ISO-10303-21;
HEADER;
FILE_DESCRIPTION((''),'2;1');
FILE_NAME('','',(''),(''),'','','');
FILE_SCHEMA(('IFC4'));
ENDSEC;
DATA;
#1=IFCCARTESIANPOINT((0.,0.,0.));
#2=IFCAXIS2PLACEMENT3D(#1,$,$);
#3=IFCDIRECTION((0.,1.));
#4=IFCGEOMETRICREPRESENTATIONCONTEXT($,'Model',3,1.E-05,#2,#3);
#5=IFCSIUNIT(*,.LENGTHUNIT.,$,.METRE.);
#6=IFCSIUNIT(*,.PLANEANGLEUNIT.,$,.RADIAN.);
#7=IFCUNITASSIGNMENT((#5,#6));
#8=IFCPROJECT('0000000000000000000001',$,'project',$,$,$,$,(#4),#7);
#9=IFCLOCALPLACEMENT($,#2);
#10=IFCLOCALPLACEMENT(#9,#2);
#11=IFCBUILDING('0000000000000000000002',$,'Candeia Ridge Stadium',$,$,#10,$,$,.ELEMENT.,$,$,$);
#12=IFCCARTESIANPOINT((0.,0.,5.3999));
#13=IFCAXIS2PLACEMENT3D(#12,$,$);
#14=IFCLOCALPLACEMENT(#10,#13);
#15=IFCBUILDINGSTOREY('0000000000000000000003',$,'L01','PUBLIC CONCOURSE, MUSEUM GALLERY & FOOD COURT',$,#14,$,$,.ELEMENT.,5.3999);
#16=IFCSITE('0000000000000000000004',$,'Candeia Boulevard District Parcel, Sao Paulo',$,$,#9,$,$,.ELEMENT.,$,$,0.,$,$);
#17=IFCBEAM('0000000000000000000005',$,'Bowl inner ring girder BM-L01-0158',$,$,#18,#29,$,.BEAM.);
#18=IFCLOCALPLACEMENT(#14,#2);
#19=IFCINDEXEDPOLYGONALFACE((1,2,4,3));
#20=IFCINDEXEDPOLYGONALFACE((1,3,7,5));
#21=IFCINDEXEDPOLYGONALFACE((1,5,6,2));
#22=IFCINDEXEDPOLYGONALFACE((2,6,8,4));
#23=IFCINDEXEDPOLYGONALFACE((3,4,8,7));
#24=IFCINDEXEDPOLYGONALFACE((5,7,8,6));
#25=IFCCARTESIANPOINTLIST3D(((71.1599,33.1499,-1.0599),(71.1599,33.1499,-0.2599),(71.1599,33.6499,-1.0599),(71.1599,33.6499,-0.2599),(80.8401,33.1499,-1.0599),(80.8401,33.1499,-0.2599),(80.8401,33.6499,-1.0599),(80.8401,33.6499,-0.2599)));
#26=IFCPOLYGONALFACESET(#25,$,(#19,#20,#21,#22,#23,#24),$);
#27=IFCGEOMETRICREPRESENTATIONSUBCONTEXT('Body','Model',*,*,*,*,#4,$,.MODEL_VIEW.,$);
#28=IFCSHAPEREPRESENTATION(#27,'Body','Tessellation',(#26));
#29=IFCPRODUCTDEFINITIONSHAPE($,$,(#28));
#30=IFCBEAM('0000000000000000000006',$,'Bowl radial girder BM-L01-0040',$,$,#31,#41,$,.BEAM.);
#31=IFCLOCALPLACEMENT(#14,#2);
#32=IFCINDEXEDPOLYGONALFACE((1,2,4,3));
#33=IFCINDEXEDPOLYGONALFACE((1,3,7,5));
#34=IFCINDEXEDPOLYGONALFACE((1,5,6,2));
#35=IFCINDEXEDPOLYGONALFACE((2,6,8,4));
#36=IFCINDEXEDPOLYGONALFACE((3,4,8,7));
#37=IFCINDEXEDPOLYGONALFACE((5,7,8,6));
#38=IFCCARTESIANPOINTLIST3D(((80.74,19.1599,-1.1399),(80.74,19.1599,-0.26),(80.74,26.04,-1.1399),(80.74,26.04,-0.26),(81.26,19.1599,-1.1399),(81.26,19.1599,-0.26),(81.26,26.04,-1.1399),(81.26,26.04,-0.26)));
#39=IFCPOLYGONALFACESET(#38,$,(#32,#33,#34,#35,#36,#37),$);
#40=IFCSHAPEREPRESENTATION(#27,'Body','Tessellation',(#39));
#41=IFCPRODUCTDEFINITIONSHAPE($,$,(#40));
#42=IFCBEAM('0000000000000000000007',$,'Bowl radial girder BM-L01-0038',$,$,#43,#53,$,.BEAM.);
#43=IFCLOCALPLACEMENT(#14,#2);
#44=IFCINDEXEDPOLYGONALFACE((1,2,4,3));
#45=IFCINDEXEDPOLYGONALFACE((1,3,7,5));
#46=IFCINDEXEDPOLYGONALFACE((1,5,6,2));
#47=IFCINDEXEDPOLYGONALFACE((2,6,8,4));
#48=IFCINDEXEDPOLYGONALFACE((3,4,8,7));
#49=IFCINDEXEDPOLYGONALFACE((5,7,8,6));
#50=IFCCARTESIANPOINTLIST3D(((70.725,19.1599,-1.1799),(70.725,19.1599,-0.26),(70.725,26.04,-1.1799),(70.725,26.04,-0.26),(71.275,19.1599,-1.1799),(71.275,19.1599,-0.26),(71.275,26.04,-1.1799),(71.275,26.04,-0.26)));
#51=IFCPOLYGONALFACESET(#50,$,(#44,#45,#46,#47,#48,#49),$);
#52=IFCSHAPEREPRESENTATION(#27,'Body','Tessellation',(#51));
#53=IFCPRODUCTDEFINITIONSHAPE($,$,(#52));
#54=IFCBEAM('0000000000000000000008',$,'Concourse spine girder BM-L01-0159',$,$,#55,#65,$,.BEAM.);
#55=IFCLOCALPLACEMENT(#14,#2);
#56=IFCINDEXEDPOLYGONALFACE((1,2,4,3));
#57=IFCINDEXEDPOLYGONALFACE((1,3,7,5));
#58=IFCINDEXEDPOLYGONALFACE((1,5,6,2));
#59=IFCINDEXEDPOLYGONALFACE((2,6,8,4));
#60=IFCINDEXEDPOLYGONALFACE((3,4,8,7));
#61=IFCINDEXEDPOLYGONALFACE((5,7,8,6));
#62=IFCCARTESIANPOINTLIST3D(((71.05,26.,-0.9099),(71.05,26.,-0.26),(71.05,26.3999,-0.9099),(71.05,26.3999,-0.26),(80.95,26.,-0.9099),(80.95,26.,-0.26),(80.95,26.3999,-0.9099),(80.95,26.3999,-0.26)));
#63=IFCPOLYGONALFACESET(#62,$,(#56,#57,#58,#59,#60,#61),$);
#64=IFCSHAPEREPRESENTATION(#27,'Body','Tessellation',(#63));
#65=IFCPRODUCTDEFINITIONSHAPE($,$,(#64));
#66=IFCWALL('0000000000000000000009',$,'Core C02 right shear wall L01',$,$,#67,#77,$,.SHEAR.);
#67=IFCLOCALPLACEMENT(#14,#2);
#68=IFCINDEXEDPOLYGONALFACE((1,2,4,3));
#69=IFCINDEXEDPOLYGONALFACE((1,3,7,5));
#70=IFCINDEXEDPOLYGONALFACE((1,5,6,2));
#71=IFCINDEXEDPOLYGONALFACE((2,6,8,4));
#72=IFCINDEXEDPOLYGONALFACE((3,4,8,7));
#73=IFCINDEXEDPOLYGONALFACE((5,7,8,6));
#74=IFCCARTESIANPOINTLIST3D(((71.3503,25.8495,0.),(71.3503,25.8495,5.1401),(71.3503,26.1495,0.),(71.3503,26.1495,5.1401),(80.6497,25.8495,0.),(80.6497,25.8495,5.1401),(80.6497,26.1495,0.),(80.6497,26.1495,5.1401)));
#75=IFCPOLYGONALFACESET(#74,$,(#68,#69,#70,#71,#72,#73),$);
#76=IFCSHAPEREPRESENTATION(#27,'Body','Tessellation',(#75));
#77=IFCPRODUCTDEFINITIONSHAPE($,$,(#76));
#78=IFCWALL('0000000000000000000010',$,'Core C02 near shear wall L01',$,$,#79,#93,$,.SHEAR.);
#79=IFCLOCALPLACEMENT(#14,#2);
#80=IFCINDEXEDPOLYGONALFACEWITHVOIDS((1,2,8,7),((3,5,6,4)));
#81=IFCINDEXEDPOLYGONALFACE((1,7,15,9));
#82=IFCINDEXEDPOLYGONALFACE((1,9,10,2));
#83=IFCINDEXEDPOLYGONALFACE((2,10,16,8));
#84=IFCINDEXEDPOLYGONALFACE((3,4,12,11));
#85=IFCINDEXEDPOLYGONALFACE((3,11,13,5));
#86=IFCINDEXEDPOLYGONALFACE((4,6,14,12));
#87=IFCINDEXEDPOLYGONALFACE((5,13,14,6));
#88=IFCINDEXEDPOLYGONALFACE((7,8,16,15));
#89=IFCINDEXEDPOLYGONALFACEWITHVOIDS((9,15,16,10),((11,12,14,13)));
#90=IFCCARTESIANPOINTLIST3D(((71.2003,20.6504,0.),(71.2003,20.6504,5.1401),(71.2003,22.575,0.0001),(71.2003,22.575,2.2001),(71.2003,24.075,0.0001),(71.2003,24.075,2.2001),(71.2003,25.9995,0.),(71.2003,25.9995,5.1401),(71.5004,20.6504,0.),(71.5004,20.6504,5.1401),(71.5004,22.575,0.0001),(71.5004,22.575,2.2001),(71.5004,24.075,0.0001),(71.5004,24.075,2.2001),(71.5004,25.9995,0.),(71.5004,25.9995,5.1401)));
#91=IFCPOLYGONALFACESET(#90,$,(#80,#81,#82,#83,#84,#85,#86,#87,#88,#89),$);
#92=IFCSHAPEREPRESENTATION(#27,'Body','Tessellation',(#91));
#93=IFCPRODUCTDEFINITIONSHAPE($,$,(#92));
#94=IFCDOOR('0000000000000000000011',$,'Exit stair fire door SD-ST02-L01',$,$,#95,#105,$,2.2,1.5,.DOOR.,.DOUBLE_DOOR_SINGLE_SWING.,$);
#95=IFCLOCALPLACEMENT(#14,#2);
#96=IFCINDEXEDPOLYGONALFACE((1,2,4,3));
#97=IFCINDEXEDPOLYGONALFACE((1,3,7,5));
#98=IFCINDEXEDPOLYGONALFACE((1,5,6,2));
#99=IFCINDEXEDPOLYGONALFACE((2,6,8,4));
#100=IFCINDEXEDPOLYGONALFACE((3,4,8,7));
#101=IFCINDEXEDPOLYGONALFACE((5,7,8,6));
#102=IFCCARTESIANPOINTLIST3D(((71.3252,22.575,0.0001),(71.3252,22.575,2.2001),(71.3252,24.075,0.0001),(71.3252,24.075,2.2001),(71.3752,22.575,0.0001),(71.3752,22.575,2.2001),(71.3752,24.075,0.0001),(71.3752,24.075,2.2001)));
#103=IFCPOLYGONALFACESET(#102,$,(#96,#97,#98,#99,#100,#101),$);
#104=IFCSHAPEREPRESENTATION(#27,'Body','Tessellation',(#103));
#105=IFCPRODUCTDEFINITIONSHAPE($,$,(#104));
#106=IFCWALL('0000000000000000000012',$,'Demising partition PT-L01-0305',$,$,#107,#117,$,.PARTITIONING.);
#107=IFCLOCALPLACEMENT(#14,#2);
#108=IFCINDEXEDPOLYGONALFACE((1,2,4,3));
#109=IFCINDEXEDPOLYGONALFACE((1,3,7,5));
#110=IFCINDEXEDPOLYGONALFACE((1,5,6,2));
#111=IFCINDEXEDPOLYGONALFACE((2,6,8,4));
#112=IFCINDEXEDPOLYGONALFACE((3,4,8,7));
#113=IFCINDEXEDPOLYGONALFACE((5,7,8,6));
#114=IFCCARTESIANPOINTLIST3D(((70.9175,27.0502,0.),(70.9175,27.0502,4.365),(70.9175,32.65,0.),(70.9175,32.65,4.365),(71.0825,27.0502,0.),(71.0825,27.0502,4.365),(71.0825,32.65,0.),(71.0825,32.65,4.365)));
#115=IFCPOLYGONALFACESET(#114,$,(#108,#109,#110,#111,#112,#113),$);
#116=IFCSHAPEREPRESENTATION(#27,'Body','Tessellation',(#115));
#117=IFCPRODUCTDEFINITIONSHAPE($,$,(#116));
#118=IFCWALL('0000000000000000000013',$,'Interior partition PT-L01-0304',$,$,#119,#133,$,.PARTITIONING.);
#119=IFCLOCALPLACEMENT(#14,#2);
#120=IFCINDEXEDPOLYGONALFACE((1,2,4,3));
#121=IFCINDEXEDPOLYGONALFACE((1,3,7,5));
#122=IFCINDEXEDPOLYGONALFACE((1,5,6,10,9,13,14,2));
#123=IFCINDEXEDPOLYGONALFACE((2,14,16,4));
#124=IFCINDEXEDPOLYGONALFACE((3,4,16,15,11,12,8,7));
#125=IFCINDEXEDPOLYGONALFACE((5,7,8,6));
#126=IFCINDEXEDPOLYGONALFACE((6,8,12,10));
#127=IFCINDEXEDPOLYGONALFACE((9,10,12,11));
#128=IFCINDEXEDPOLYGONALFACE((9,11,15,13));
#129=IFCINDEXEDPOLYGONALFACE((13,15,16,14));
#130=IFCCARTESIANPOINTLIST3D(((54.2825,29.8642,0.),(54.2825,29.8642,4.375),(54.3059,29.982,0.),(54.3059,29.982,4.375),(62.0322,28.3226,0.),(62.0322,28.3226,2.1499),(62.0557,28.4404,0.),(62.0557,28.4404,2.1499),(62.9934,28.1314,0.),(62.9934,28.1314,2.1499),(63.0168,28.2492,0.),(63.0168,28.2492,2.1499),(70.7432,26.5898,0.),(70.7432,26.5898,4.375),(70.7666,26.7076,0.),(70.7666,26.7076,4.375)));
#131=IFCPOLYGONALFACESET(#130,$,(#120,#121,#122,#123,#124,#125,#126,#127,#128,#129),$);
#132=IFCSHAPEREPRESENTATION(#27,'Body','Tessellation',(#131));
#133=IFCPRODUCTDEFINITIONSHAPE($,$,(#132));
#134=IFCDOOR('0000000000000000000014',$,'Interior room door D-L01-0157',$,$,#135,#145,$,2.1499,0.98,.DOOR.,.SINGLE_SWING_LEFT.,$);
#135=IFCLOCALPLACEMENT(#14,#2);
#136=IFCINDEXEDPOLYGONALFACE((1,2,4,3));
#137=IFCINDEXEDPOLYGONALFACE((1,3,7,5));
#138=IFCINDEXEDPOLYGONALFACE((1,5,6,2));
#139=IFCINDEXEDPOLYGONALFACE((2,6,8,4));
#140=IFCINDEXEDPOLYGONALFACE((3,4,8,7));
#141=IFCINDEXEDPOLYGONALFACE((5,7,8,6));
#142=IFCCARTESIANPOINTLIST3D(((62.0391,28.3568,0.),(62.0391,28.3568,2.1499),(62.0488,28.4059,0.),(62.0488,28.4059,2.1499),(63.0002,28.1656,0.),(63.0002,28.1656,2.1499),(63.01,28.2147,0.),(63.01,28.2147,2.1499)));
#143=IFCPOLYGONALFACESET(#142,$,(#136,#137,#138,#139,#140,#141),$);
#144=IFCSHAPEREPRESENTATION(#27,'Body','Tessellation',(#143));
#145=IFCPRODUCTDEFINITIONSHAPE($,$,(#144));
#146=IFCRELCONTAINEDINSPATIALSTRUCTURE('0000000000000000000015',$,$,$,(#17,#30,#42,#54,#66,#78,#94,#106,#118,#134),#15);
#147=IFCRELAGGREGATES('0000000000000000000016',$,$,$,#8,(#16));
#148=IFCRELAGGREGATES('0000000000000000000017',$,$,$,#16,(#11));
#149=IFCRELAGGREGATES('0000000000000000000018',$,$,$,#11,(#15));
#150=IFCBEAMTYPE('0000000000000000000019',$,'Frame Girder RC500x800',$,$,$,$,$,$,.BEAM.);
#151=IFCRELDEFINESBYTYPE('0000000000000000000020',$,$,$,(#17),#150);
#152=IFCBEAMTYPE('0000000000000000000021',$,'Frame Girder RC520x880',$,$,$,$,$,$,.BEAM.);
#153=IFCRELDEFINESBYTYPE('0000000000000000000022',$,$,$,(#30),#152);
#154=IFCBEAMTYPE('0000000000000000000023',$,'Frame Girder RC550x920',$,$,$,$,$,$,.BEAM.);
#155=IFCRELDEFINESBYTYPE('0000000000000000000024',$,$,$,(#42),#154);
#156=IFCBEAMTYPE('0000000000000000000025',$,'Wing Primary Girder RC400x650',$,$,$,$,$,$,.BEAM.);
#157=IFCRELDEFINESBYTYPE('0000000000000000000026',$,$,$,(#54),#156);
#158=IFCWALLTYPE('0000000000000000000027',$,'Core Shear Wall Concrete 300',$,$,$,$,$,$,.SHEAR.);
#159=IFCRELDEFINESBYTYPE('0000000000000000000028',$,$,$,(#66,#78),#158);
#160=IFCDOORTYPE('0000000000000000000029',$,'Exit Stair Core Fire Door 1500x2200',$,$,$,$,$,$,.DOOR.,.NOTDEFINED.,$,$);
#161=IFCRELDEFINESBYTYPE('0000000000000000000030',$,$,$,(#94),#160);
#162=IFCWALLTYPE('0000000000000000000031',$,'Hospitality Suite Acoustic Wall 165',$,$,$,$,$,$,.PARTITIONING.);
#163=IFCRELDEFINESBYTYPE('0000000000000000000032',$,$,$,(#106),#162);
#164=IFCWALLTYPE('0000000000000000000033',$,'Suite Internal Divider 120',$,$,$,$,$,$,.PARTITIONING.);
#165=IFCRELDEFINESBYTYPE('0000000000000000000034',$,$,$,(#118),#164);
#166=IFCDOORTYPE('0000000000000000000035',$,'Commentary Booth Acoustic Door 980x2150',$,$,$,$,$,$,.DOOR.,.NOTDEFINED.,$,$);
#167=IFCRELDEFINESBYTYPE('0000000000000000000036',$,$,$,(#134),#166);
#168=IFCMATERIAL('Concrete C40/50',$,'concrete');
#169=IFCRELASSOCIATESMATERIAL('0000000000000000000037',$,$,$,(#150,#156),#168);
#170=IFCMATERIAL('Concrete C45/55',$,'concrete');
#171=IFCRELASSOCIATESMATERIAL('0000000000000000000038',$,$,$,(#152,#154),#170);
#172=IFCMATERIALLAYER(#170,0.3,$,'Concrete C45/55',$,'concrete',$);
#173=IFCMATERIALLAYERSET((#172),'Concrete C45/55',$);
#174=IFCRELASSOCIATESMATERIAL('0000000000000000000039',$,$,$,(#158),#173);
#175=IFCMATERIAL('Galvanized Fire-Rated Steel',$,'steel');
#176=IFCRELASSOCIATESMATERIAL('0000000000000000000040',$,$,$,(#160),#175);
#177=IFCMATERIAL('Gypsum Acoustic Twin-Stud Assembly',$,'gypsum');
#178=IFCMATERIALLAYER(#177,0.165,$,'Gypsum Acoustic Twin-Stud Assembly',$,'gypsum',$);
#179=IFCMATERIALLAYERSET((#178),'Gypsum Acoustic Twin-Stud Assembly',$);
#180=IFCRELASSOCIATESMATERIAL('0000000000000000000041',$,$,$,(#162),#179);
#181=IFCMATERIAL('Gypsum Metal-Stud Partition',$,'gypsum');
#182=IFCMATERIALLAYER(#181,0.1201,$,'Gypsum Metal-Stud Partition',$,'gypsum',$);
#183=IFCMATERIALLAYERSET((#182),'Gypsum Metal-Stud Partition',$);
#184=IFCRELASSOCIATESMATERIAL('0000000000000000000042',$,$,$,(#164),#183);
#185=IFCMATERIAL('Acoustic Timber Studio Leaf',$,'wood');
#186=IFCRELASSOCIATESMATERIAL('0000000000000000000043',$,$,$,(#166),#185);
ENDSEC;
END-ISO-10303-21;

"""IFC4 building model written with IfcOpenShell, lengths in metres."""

from ifc_helpers import new_model, si_unit, direction, frame, frame_2d, origin, origin_2d, place, context, subcontext, project, spatial, rectangle, extrude, material, layer, layer_set, material_profile, profile_set, type_object, element, fill, save


model = new_model("IFC4")

# Units and contexts
model_context = context("Model", 3, precision=1e-05, world=origin(), true_north=direction((0.0, 1.0)))
body_context = subcontext(model_context, "Body", "Model", "MODEL_VIEW")
ifc_project = project(units=[si_unit("LENGTHUNIT", "METRE"), si_unit("PLANEANGLEUNIT", "RADIAN")], contexts=[model_context])

# Site, building, storey
site_placement = place(None, origin())
site = spatial("IfcSite", under=ifc_project, at=site_placement, Name="Candeia Boulevard District Parcel, Sao Paulo", CompositionType="ELEMENT", RefElevation=0.0)
building_placement = place(site_placement, origin())
building = spatial("IfcBuilding", under=site, at=building_placement, Name="Candeia Ridge Stadium", CompositionType="ELEMENT")
storey_placement = place(building_placement, frame((0.0, 0.0, 5.3999)))
storey = spatial("IfcBuildingStorey", under=building, at=storey_placement, Name="L01", Description="PUBLIC CONCOURSE, MUSEUM GALLERY & FOOD COURT", CompositionType="ELEMENT", Elevation=5.3999)

# Shared definitions
ifc_material_1 = material(Name="Concrete C45/55", Category="concrete")
ifc_material_2 = material(Name="Concrete C40/50", Category="concrete")

# Beams
ifc_material_profile_1 = material_profile(ifc_material_2, rectangle(XDim=0.5, YDim=0.8, at=origin_2d()), Name="RC500x800", Category="concrete")
ifc_profile_set_1 = profile_set([ifc_material_profile_1], Name="Concrete C40/50")
beam_type_1 = type_object("IfcBeamType", Name="Frame Girder RC500x800", PredefinedType="BEAM", material=ifc_profile_set_1)
beam_1_placement = place(storey_placement, frame((71.1599, 33.3999, -0.6599), z_axis=(1.0, 0.0, 0.0), x_axis=(0.0, 1.0, 0.0)))
element("IfcBeam", 1, at=beam_1_placement, inside=storey, type_object=beam_type_1, Name="Bowl inner ring girder BM-L01-0158", PredefinedType="BEAM", context=body_context, shape_type="SweptSolid", body=[
    extrude(rectangle(XDim=0.5, YDim=0.8, at=origin_2d()), origin(), (0.0, 0.0, 1.0), 9.6802),
])
ifc_material_profile_2 = material_profile(ifc_material_1, rectangle(XDim=0.52, YDim=0.8799, at=origin_2d()), Name="RC520x880", Category="concrete")
ifc_profile_set_2 = profile_set([ifc_material_profile_2], Name="Concrete C45/55")
beam_type_2 = type_object("IfcBeamType", Name="Frame Girder RC520x880", PredefinedType="BEAM", material=ifc_profile_set_2)
beam_2_placement = place(storey_placement, frame((81.0, 26.04, -0.7), z_axis=(0.0, -1.0, 0.0), x_axis=(1.0, 0.0, 0.0)))
element("IfcBeam", 2, at=beam_2_placement, inside=storey, type_object=beam_type_2, Name="Bowl radial girder BM-L01-0040", PredefinedType="BEAM", context=body_context, shape_type="SweptSolid", body=[
    extrude(rectangle(XDim=0.52, YDim=0.8799, at=origin_2d()), origin(), (0.0, 0.0, 1.0), 6.8801),
])
ifc_material_profile_3 = material_profile(ifc_material_1, rectangle(XDim=0.55, YDim=0.9199, at=origin_2d()), Name="RC550x920", Category="concrete")
ifc_profile_set_3 = profile_set([ifc_material_profile_3], Name="Concrete C45/55")
beam_type_3 = type_object("IfcBeamType", Name="Frame Girder RC550x920", PredefinedType="BEAM", material=ifc_profile_set_3)
beam_3_placement = place(storey_placement, frame((71.0, 26.04, -0.72), z_axis=(0.0, -1.0, 0.0), x_axis=(1.0, 0.0, 0.0)))
element("IfcBeam", 3, at=beam_3_placement, inside=storey, type_object=beam_type_3, Name="Bowl radial girder BM-L01-0038", PredefinedType="BEAM", context=body_context, shape_type="SweptSolid", body=[
    extrude(rectangle(XDim=0.55, YDim=0.9199, at=origin_2d()), origin(), (0.0, 0.0, 1.0), 6.8801),
])
ifc_material_profile_4 = material_profile(ifc_material_2, rectangle(XDim=0.3999, YDim=0.6499, at=origin_2d()), Name="RC400x650", Category="concrete")
ifc_profile_set_4 = profile_set([ifc_material_profile_4], Name="Concrete C40/50")
beam_type_4 = type_object("IfcBeamType", Name="Wing Primary Girder RC400x650", PredefinedType="BEAM", material=ifc_profile_set_4)
beam_4_placement = place(storey_placement, frame((71.05, 26.2, -0.585), z_axis=(1.0, 0.0, 0.0), x_axis=(0.0, 1.0, 0.0)))
element("IfcBeam", 4, at=beam_4_placement, inside=storey, type_object=beam_type_4, Name="Concourse spine girder BM-L01-0159", PredefinedType="BEAM", context=body_context, shape_type="SweptSolid", body=[
    extrude(rectangle(XDim=0.3999, YDim=0.6499, at=origin_2d()), origin(), (0.0, 0.0, 1.0), 9.8999),
])

# Wall
ifc_layer_1 = layer(ifc_material_1, 0.3, Name="Concrete C45/55", Category="concrete")
ifc_layer_set_1 = layer_set([ifc_layer_1], Name="Concrete C45/55")
wall_type_1 = type_object("IfcWallType", Name="Core Shear Wall Concrete 300", PredefinedType="SHEAR", material=ifc_layer_set_1)
wall_1_placement = place(storey_placement, frame((80.6497, 25.9995, 0.0), z_axis=(0.0, 0.0, 1.0), x_axis=(-1.0, 0.0, 0.0)))
element("IfcWall", 5, at=wall_1_placement, inside=storey, type_object=wall_type_1, Name="Core C02 right shear wall L01", PredefinedType="SHEAR", context=body_context, shape_type="SweptSolid", body=[
    extrude(rectangle(XDim=9.2993, YDim=0.3, at=frame_2d((4.6497, 0.0))), origin(), (0.0, 0.0, 1.0), 5.1401),
])

# Wall, opening, door
wall_2_placement = place(storey_placement, frame((71.3503, 25.9995, 0.0), z_axis=(0.0, 0.0, 1.0), x_axis=(0.0, -1.0, 0.0)))
wall_2 = element("IfcWall", 6, at=wall_2_placement, inside=storey, type_object=wall_type_1, Name="Core C02 near shear wall L01", PredefinedType="SHEAR", context=body_context, shape_type="SweptSolid", body=[
    extrude(rectangle(XDim=5.3491, YDim=0.3, at=frame_2d((2.6746, 0.0))), origin(), (0.0, 0.0, 1.0), 5.1401),
])
opening_1_placement = place(wall_2_placement, frame((1.9246, 0.0, 0.0)))
opening_1 = element("IfcOpeningElement", 7, at=opening_1_placement, cuts=wall_2, PredefinedType="OPENING", context=body_context, shape_type="SweptSolid", body=[
    extrude(rectangle(XDim=1.5, YDim=2.2, at=frame_2d((0.75, 1.1001))), frame((0.0, 0.1599, 0.0), z_axis=(0.0, -1.0, 0.0), x_axis=(1.0, 0.0, 0.0)), (0.0, 0.0, 1.0), 0.3201),
])
ifc_material_3 = material(Name="Galvanized Fire-Rated Steel", Category="steel")
door_type_1 = type_object("IfcDoorType", Name="Exit Stair Core Fire Door 1500x2200", OperationType="NOTDEFINED", PredefinedType="DOOR", material=ifc_material_3)
door_1_placement = place(opening_1_placement, origin())
door_1 = element("IfcDoor", 8, at=door_1_placement, inside=storey, type_object=door_type_1, Name="Exit stair fire door SD-ST02-L01", OperationType="DOUBLE_DOOR_SINGLE_SWING", OverallHeight=2.2, OverallWidth=1.5, PredefinedType="DOOR", context=body_context, shape_type="SweptSolid", body=[
    extrude(rectangle(XDim=1.5, YDim=2.2, at=frame_2d((0.75, 1.1001))), frame((0.0, 0.0249, 0.0), z_axis=(0.0, -1.0, 0.0), x_axis=(1.0, 0.0, 0.0)), (0.0, 0.0, 1.0), 0.05),
])
fill(opening_1, door_1)

# Wall
ifc_material_4 = material(Name="Gypsum Acoustic Twin-Stud Assembly", Category="gypsum")
ifc_layer_2 = layer(ifc_material_4, 0.165, Name="Gypsum Acoustic Twin-Stud Assembly", Category="gypsum")
ifc_layer_set_2 = layer_set([ifc_layer_2], Name="Gypsum Acoustic Twin-Stud Assembly")
wall_type_2 = type_object("IfcWallType", Name="Hospitality Suite Acoustic Wall 165", PredefinedType="PARTITIONING", material=ifc_layer_set_2)
wall_3_placement = place(storey_placement, frame((71.0, 32.6499, 0.0), z_axis=(0.0, 0.0, 1.0), x_axis=(0.0, -1.0, 0.0)))
element("IfcWall", 9, at=wall_3_placement, inside=storey, type_object=wall_type_2, Name="Demising partition PT-L01-0305", PredefinedType="PARTITIONING", context=body_context, shape_type="SweptSolid", body=[
    extrude(rectangle(XDim=5.5999, YDim=0.165, at=frame_2d((2.7998, 0.0))), origin(), (0.0, 0.0, 1.0), 4.365),
])

# Wall, opening, door
ifc_material_5 = material(Name="Gypsum Metal-Stud Partition", Category="gypsum")
ifc_layer_3 = layer(ifc_material_5, 0.1201, Name="Gypsum Metal-Stud Partition", Category="gypsum")
ifc_layer_set_3 = layer_set([ifc_layer_3], Name="Gypsum Metal-Stud Partition")
wall_type_3 = type_object("IfcWallType", Name="Suite Internal Divider 120", PredefinedType="PARTITIONING", material=ifc_layer_set_3)
wall_4_placement = place(storey_placement, frame((70.7549, 26.6487, 0.0), z_axis=(0.0, 0.0, 1.0), x_axis=(-0.980783, 0.195101, 0.0)))
wall_4 = element("IfcWall", 10, at=wall_4_placement, inside=storey, type_object=wall_type_3, Name="Interior partition PT-L01-0304", PredefinedType="PARTITIONING", context=body_context, shape_type="SweptSolid", body=[
    extrude(rectangle(XDim=16.7832, YDim=0.1201, at=frame_2d((8.3916, 0.0))), origin(), (0.0, 0.0, 1.0), 4.375),
])
opening_2_placement = place(wall_4_placement, frame((7.9016, 0.0, 0.0)))
opening_2 = element("IfcOpeningElement", 11, at=opening_2_placement, cuts=wall_4, PredefinedType="OPENING", context=body_context, shape_type="SweptSolid", body=[
    extrude(rectangle(XDim=0.98, YDim=2.1499, at=frame_2d((0.49, 1.075))), frame((0.0, 0.0701, 0.0), z_axis=(0.0, -1.0, 0.0), x_axis=(1.0, 0.0, 0.0)), (0.0, 0.0, 1.0), 0.1401),
])
ifc_material_6 = material(Name="Acoustic Timber Studio Leaf", Category="wood")
door_type_2 = type_object("IfcDoorType", Name="Commentary Booth Acoustic Door 980x2150", OperationType="NOTDEFINED", PredefinedType="DOOR", material=ifc_material_6)
door_2_placement = place(opening_2_placement, frame((0.98, 0.0, 0.0), z_axis=(0.0, 0.0, 1.0), x_axis=(-1.0, 0.0, 0.0)))
door_2 = element("IfcDoor", 12, at=door_2_placement, inside=storey, type_object=door_type_2, Name="Interior room door D-L01-0157", OperationType="SINGLE_SWING_LEFT", OverallHeight=2.1499, OverallWidth=0.98, PredefinedType="DOOR", context=body_context, shape_type="SweptSolid", body=[
    extrude(rectangle(XDim=0.98, YDim=2.1499, at=frame_2d((0.49, 1.075))), frame((0.0, 0.0249, 0.0), z_axis=(0.0, -1.0, 0.0), x_axis=(1.0, 0.0, 0.0)), (0.0, 0.0, 1.0), 0.05),
])
fill(opening_2, door_2)

save(model, "model.ifc")
